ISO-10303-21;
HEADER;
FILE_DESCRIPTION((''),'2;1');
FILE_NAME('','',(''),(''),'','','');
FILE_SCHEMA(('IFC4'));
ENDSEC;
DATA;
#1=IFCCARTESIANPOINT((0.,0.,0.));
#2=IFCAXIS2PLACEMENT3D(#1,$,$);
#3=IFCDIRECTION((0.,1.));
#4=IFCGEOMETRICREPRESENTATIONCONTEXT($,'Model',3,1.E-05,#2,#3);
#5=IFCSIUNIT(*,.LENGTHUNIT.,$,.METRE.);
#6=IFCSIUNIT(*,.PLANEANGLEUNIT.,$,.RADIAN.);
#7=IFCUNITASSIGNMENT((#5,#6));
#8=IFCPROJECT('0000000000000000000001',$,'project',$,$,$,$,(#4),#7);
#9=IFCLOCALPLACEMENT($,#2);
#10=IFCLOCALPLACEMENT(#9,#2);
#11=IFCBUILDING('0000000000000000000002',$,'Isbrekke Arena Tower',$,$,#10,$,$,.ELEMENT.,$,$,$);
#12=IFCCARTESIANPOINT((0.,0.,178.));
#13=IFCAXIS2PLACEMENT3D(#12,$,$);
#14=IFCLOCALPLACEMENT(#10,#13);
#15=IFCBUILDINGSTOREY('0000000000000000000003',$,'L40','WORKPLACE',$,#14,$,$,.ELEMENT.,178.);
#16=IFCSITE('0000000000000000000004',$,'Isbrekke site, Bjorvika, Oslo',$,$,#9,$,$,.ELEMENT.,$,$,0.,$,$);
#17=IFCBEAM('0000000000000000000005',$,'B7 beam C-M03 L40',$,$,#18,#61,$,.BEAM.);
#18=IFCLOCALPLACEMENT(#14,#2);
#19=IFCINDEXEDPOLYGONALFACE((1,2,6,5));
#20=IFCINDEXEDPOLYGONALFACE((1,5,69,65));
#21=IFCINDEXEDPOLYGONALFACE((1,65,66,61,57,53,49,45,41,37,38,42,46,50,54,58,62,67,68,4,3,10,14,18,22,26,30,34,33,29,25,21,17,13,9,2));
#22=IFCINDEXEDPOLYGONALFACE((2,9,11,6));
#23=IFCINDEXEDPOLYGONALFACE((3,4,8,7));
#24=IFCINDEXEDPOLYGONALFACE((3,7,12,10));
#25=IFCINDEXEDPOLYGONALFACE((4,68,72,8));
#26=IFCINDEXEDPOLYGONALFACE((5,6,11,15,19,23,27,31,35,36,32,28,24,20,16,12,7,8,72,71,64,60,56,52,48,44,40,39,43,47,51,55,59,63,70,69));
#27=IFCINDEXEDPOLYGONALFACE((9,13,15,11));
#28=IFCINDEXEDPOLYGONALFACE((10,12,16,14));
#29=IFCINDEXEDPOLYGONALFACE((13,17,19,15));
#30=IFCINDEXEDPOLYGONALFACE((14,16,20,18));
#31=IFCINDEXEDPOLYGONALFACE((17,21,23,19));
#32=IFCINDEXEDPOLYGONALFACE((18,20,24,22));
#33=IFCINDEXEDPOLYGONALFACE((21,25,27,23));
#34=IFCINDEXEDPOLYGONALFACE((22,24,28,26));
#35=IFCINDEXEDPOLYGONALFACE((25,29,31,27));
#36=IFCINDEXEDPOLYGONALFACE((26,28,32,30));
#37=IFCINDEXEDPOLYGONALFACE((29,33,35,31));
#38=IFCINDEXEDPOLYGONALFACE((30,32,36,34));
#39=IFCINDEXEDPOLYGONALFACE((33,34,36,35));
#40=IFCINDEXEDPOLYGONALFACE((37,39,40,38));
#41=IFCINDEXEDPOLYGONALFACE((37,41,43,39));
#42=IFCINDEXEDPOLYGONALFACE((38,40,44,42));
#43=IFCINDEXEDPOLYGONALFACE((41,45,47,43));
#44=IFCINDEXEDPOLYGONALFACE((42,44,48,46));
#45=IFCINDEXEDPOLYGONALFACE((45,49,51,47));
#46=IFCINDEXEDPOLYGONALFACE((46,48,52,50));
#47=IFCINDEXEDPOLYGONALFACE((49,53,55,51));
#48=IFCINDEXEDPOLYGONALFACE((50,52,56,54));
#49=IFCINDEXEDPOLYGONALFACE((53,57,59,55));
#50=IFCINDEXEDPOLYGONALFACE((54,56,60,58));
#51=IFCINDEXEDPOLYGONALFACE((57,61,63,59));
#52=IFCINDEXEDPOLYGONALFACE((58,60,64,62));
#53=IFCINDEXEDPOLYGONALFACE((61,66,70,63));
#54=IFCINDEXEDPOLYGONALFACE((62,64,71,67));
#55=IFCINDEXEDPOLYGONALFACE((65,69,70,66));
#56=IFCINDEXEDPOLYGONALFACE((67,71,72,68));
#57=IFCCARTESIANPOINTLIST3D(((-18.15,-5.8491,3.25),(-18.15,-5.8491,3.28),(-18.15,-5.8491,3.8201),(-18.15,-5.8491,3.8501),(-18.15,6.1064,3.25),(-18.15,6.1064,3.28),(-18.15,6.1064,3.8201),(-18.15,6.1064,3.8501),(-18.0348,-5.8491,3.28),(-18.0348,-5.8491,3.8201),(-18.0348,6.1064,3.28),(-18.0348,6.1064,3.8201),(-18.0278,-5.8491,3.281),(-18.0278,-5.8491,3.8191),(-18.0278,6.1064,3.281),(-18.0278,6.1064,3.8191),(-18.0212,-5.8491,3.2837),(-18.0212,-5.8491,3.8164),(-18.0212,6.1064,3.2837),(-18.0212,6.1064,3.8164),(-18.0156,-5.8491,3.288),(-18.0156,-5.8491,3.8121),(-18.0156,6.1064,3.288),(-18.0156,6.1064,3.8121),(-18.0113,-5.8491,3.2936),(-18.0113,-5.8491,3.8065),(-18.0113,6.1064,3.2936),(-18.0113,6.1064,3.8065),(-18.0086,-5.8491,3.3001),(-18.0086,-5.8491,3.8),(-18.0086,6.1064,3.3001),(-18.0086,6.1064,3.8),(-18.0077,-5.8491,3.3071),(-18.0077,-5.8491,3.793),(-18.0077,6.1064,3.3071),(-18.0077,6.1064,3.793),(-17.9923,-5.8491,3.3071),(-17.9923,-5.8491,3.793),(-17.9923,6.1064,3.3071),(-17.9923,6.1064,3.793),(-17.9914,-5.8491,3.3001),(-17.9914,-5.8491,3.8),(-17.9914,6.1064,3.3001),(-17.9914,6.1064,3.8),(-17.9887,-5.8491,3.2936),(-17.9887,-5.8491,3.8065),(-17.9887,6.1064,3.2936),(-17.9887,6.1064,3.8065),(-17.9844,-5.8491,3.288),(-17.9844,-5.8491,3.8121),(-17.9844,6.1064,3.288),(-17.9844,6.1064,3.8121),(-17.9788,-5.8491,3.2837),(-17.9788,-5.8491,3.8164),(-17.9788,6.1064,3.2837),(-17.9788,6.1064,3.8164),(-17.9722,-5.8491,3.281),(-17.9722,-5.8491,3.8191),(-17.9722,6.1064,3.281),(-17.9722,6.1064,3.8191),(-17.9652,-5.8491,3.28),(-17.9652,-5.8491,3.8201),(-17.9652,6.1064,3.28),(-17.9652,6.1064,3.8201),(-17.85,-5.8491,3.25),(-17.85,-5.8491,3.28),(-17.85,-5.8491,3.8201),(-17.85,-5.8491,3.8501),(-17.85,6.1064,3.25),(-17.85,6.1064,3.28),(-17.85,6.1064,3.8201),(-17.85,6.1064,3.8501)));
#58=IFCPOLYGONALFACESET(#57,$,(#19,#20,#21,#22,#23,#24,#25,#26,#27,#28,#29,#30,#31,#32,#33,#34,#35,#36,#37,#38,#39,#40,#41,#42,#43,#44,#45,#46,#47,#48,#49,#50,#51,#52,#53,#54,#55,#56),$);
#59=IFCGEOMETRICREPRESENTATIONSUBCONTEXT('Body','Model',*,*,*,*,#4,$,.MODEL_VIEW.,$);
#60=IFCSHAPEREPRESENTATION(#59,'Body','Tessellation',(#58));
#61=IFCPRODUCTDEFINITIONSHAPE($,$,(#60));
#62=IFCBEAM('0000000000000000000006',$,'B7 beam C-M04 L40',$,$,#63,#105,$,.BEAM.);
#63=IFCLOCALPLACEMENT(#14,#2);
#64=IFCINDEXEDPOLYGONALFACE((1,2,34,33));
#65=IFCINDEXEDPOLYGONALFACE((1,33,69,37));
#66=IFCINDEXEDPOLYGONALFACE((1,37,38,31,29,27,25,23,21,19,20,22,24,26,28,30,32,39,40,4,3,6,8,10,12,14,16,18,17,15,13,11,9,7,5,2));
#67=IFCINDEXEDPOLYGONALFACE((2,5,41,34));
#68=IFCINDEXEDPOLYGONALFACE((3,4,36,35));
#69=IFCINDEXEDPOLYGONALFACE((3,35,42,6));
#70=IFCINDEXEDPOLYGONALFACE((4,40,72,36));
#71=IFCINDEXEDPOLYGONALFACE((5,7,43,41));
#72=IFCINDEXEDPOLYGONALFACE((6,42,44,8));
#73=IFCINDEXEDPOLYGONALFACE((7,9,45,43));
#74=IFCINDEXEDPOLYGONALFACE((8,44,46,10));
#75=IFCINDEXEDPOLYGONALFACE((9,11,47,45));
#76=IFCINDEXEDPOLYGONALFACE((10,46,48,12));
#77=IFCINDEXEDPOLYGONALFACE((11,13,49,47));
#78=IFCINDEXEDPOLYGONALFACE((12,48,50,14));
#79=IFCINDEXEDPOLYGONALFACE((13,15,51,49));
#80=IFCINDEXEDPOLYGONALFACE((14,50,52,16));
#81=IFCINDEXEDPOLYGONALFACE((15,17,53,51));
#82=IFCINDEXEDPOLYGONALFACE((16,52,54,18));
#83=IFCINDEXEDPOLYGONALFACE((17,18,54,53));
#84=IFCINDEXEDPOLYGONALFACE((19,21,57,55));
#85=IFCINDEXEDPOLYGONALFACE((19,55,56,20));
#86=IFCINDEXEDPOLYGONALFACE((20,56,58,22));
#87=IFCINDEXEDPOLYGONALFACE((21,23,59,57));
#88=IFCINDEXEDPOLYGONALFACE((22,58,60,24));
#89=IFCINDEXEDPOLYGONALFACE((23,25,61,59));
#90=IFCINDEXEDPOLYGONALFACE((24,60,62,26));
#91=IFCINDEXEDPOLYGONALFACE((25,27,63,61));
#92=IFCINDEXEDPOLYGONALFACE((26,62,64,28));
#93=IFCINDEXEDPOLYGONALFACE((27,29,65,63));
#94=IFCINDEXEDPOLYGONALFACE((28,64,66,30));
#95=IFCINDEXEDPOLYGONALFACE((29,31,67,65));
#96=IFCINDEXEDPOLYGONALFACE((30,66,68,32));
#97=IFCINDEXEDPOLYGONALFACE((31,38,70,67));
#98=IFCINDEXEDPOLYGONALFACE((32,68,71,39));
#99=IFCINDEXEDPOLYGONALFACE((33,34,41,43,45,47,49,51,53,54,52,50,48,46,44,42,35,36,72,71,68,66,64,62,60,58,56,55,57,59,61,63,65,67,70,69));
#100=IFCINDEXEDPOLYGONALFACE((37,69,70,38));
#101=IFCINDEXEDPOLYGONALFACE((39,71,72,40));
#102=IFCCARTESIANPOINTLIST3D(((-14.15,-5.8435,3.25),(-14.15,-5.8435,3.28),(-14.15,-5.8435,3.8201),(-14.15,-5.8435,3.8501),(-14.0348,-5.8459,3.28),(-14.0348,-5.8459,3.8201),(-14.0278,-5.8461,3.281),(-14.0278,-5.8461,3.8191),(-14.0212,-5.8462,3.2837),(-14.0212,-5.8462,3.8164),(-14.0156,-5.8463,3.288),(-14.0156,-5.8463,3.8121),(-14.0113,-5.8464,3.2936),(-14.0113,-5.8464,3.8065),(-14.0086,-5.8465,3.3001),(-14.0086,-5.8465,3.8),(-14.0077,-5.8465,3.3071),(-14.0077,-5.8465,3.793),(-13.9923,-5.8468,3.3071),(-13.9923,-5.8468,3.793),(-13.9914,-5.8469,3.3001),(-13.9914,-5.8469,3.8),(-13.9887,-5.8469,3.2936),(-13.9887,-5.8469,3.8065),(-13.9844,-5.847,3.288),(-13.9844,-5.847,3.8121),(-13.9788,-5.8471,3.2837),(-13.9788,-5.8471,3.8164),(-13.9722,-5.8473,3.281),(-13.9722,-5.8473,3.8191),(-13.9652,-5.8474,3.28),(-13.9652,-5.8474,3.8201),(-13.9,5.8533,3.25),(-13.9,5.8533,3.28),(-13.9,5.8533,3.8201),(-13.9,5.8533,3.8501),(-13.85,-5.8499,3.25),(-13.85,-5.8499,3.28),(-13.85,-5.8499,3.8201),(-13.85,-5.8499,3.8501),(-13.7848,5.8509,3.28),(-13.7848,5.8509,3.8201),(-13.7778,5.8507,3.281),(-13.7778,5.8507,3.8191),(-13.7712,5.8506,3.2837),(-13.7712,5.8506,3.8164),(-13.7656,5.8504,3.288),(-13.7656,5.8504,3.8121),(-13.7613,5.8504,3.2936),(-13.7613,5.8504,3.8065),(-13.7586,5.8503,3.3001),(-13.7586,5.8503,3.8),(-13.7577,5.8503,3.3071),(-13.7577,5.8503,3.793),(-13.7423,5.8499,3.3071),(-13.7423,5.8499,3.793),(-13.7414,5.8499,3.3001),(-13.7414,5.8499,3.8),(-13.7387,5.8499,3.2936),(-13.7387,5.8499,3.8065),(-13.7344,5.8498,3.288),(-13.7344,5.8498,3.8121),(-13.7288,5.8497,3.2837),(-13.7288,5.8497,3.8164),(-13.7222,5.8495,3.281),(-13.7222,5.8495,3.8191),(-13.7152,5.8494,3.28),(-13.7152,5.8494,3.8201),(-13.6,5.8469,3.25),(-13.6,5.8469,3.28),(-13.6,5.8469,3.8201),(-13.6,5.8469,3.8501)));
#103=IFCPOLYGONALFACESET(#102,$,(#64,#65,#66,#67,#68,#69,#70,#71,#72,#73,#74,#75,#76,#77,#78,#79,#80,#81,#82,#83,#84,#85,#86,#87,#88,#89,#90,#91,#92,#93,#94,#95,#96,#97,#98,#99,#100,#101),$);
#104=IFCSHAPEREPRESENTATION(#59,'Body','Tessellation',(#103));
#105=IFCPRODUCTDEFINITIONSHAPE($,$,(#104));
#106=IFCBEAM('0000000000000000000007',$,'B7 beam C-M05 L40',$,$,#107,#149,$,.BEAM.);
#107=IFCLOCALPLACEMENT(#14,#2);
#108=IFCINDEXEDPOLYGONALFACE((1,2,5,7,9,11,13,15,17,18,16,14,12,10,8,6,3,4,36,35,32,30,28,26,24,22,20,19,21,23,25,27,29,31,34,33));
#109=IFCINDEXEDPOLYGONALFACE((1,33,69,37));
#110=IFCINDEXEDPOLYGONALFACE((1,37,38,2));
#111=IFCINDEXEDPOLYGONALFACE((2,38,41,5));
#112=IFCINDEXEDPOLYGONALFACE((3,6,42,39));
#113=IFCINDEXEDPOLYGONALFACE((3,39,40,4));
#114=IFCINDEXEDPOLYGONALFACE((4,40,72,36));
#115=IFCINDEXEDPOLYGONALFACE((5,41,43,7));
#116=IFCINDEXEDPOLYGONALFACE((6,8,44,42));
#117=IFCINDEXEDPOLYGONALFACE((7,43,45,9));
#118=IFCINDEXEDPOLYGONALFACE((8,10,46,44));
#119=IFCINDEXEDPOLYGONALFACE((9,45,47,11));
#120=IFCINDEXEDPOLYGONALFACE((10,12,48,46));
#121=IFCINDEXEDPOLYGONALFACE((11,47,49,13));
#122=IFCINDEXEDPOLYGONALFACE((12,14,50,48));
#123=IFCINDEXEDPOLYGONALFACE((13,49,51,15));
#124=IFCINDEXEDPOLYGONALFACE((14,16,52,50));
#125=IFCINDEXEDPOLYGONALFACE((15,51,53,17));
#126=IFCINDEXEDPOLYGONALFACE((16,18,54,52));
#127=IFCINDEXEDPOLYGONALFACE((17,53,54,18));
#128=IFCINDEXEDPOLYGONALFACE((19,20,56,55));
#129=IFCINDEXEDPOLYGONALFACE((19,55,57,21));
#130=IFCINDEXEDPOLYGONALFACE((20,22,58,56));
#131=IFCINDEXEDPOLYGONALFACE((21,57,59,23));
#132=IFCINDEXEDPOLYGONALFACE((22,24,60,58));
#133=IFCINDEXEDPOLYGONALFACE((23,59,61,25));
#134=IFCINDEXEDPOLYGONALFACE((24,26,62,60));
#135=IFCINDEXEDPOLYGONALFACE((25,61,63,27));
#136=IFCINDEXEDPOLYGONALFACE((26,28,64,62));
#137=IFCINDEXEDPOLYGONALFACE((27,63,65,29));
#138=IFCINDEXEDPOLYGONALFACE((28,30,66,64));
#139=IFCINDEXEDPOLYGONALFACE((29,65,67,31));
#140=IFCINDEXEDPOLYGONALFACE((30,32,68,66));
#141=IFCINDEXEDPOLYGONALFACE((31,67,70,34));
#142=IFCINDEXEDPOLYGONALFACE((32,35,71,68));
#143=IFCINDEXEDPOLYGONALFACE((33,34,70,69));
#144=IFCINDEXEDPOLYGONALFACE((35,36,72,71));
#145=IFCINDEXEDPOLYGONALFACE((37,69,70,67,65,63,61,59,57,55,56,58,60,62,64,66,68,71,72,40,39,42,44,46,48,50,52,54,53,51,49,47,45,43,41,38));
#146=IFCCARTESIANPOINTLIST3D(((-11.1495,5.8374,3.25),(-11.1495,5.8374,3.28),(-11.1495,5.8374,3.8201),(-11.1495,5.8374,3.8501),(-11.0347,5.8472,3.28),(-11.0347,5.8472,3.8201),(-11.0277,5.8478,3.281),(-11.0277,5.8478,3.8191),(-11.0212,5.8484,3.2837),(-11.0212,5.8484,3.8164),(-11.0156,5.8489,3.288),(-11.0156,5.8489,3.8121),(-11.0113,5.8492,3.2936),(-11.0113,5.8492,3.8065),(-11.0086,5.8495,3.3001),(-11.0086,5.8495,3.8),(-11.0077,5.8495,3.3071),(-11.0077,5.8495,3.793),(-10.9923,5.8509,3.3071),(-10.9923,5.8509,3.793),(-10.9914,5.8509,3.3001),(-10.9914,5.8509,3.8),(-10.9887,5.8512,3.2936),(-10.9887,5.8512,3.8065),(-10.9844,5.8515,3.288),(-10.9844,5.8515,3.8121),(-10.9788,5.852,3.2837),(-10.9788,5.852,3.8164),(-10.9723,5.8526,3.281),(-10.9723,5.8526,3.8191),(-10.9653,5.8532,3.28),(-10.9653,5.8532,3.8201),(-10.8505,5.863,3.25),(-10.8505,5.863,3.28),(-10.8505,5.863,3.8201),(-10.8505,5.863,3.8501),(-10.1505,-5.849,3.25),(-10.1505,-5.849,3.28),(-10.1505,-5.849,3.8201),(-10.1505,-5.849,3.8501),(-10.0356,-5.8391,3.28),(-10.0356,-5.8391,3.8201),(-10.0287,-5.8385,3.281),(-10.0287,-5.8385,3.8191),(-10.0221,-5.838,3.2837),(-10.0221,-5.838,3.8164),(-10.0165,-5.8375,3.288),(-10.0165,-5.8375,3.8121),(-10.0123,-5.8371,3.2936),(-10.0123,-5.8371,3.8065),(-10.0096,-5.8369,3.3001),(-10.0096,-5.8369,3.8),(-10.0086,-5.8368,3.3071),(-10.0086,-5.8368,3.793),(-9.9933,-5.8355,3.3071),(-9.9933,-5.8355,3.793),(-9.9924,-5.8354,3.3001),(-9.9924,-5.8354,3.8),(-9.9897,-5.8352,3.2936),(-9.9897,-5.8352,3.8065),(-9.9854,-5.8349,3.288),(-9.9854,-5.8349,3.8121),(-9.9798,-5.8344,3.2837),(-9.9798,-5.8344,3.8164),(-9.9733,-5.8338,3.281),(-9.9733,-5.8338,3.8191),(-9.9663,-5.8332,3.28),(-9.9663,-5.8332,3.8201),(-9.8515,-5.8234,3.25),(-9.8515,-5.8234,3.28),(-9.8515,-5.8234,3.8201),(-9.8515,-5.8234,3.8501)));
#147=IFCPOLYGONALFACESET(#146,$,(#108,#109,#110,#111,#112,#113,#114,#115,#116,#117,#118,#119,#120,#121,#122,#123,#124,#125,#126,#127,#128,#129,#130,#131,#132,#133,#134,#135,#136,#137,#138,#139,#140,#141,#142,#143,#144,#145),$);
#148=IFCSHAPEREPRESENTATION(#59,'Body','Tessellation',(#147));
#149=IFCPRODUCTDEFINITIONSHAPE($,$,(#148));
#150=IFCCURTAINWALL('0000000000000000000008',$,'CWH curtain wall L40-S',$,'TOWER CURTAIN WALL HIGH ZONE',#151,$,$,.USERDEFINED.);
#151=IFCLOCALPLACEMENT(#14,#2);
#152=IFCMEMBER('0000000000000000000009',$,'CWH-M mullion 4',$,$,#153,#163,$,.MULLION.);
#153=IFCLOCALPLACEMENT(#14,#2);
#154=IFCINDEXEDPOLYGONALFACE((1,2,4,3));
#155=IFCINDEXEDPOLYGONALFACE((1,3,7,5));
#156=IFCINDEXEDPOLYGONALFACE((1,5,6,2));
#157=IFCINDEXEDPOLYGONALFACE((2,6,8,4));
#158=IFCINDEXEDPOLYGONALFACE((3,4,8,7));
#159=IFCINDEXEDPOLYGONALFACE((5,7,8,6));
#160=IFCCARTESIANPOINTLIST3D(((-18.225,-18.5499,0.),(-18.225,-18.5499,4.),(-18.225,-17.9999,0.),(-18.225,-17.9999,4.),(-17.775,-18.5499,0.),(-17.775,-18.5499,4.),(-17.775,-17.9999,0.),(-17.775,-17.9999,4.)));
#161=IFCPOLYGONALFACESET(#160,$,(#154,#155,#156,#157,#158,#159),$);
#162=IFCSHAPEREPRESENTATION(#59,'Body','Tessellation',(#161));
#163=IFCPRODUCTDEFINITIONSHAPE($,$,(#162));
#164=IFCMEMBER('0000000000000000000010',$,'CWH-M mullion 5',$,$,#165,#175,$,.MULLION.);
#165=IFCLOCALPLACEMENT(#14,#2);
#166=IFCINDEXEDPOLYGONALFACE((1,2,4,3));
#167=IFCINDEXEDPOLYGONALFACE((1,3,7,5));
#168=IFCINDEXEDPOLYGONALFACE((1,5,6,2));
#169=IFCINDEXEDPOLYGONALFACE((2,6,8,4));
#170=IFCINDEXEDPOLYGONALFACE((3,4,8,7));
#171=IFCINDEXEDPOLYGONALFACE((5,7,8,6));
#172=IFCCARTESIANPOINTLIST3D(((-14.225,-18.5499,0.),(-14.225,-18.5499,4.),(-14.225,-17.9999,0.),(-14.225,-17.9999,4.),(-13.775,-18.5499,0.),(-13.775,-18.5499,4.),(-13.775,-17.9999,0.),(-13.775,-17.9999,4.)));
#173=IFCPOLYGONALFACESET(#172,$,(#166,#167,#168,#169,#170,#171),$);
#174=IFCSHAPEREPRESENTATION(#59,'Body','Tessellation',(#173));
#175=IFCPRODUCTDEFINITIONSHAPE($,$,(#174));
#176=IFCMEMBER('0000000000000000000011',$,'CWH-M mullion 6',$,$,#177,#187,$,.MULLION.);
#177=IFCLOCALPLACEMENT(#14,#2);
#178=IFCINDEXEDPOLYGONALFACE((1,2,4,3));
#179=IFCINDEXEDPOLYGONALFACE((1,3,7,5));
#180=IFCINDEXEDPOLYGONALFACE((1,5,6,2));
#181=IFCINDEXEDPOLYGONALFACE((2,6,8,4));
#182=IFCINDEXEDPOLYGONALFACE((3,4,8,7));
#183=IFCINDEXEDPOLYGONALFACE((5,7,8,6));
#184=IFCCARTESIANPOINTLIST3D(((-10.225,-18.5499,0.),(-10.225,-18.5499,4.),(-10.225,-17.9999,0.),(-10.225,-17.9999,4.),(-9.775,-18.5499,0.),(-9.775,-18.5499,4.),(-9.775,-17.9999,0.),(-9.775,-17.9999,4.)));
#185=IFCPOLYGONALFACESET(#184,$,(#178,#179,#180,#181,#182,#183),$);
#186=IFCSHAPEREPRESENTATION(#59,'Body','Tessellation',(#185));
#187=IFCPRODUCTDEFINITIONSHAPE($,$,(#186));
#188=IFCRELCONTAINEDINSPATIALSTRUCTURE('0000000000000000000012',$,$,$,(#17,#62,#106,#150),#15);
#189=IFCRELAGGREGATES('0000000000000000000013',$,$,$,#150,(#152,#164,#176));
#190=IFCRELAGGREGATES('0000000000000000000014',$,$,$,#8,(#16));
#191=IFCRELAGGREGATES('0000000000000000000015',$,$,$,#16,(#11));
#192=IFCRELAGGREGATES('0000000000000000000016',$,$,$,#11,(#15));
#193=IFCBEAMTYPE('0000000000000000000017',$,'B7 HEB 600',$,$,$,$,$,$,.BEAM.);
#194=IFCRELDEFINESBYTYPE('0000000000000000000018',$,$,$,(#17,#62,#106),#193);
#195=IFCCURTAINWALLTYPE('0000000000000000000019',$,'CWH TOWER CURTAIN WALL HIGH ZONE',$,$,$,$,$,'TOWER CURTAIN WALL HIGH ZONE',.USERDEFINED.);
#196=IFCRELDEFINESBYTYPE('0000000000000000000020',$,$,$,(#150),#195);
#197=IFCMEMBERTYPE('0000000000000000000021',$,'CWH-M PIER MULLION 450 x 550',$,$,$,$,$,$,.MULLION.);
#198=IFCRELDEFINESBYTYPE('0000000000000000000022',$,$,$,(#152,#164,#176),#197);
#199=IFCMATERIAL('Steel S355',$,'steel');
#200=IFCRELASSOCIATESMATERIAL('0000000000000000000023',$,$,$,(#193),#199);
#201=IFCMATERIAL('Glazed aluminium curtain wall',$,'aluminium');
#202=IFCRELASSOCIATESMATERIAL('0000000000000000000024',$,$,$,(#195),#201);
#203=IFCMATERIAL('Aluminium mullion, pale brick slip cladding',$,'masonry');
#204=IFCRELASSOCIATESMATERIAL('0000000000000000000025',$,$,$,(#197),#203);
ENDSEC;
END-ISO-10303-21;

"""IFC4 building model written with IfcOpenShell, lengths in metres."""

from ifc_helpers import new_model, si_unit, direction, frame, origin, origin_2d, place, context, subcontext, project, spatial, rectangle, i_section, extrude, material, material_profile, profile_set, type_object, element, aggregate, save


model = new_model("IFC4")

# Units and contexts
model_context = context("Model", 3, precision=1e-05, world=origin(), true_north=direction((0.0, 1.0)))
body_context = subcontext(model_context, "Body", "Model", "MODEL_VIEW")
ifc_project = project(units=[si_unit("LENGTHUNIT", "METRE"), si_unit("PLANEANGLEUNIT", "RADIAN")], contexts=[model_context])

# Site, building, storey
site_placement = place(None, origin())
site = spatial("IfcSite", under=ifc_project, at=site_placement, Name="Isbrekke site, Bjorvika, Oslo", CompositionType="ELEMENT", RefElevation=0.0)
building_placement = place(site_placement, origin())
building = spatial("IfcBuilding", under=site, at=building_placement, Name="Isbrekke Arena Tower", CompositionType="ELEMENT")
storey_placement = place(building_placement, frame((0.0, 0.0, 178.0)))
storey = spatial("IfcBuildingStorey", under=building, at=storey_placement, Name="L40", Description="WORKPLACE", CompositionType="ELEMENT", Elevation=178.0)

# Beams
ifc_material_1 = material(Name="Steel S355", Category="steel")
ifc_material_profile_1 = material_profile(ifc_material_1, i_section(OverallWidth=0.3, OverallDepth=0.6001, WebThickness=0.0154, FlangeThickness=0.03, FilletRadius=0.0271, at=origin_2d()), Name="HEB 600")
ifc_profile_set_1 = profile_set([ifc_material_profile_1], Name="Steel S355")
beam_type_1 = type_object("IfcBeamType", Name="B7 HEB 600", PredefinedType="BEAM", material=ifc_profile_set_1)
beam_1_placement = place(storey_placement, frame((-18.0, -5.8491, 3.55), z_axis=(0.0, 1.0, 0.0), x_axis=(-1.0, 0.0, 0.0)))
element("IfcBeam", 1, at=beam_1_placement, inside=storey, type_object=beam_type_1, Name="B7 beam C-M03 L40", PredefinedType="BEAM", context=body_context, shape_type="SweptSolid", body=[
    extrude(i_section(OverallWidth=0.3, OverallDepth=0.6001, WebThickness=0.0154, FlangeThickness=0.03, FilletRadius=0.0271, at=origin_2d()), origin(), (0.0, 0.0, 1.0), 11.9556),
])
beam_2_placement = place(storey_placement, frame((-14.0, -5.8467, 3.55), z_axis=(0.021369, 0.999772, 0.0), x_axis=(-0.999772, 0.021369, 0.0)))
element("IfcBeam", 2, at=beam_2_placement, inside=storey, type_object=beam_type_1, Name="B7 beam C-M04 L40", PredefinedType="BEAM", context=body_context, shape_type="SweptSolid", body=[
    extrude(i_section(OverallWidth=0.3, OverallDepth=0.6001, WebThickness=0.0154, FlangeThickness=0.03, FilletRadius=0.0271, at=origin_2d()), origin(), (0.0, 0.0, 1.0), 11.6995),
])
beam_3_placement = place(storey_placement, frame((-10.001, -5.8362, 3.55), z_axis=(-0.085176, 0.996366, 0.0), x_axis=(-0.996366, -0.085176, 0.0)))
element("IfcBeam", 3, at=beam_3_placement, inside=storey, type_object=beam_type_1, Name="B7 beam C-M05 L40", PredefinedType="BEAM", context=body_context, shape_type="SweptSolid", body=[
    extrude(i_section(OverallWidth=0.3, OverallDepth=0.6001, WebThickness=0.0154, FlangeThickness=0.03, FilletRadius=0.0271, at=origin_2d()), origin(), (0.0, 0.0, 1.0), 11.729),
])

# Curtain wall, members
ifc_material_2 = material(Name="Glazed aluminium curtain wall", Category="aluminium")
curtain_wall_type = type_object("IfcCurtainWallType", Name="CWH TOWER CURTAIN WALL HIGH ZONE", ElementType="TOWER CURTAIN WALL HIGH ZONE", PredefinedType="USERDEFINED", material=ifc_material_2)
curtain_wall_placement = place(storey_placement, origin())
curtain_wall = element("IfcCurtainWall", 4, at=curtain_wall_placement, inside=storey, type_object=curtain_wall_type, Name="CWH curtain wall L40-S", ObjectType="TOWER CURTAIN WALL HIGH ZONE", PredefinedType="USERDEFINED")
ifc_material_3 = material(Name="Aluminium mullion, pale brick slip cladding", Category="masonry")
ifc_material_profile_2 = material_profile(ifc_material_3, rectangle(XDim=0.45, YDim=0.55, at=origin_2d()), Name="PIER 450X550")
ifc_profile_set_2 = profile_set([ifc_material_profile_2], Name="Aluminium mullion, pale brick slip cladding")
member_type_1 = type_object("IfcMemberType", Name="CWH-M PIER MULLION 450 x 550", PredefinedType="MULLION", material=ifc_profile_set_2)
member_1_placement = place(storey_placement, frame((-18.0, -18.2749, 0.0), z_axis=(0.0, 0.0, 1.0), x_axis=(1.0, 0.0, 0.0)))
member_1 = element("IfcMember", 5, at=member_1_placement, type_object=member_type_1, Name="CWH-M mullion 4", PredefinedType="MULLION", context=body_context, shape_type="SweptSolid", body=[
    extrude(rectangle(XDim=0.45, YDim=0.55, at=origin_2d()), origin(), (0.0, 0.0, 1.0), 4.0),
])
member_2_placement = place(storey_placement, frame((-14.0, -18.2749, 0.0), z_axis=(0.0, 0.0, 1.0), x_axis=(1.0, 0.0, 0.0)))
member_2 = element("IfcMember", 6, at=member_2_placement, type_object=member_type_1, Name="CWH-M mullion 5", PredefinedType="MULLION", context=body_context, shape_type="SweptSolid", body=[
    extrude(rectangle(XDim=0.45, YDim=0.55, at=origin_2d()), origin(), (0.0, 0.0, 1.0), 4.0),
])
member_3_placement = place(storey_placement, frame((-10.0, -18.2749, 0.0), z_axis=(0.0, 0.0, 1.0), x_axis=(1.0, 0.0, 0.0)))
member_3 = element("IfcMember", 7, at=member_3_placement, type_object=member_type_1, Name="CWH-M mullion 6", PredefinedType="MULLION", context=body_context, shape_type="SweptSolid", body=[
    extrude(rectangle(XDim=0.45, YDim=0.55, at=origin_2d()), origin(), (0.0, 0.0, 1.0), 4.0),
])

aggregate(curtain_wall, [member_1, member_2, member_3])

save(model, "model.ifc")
